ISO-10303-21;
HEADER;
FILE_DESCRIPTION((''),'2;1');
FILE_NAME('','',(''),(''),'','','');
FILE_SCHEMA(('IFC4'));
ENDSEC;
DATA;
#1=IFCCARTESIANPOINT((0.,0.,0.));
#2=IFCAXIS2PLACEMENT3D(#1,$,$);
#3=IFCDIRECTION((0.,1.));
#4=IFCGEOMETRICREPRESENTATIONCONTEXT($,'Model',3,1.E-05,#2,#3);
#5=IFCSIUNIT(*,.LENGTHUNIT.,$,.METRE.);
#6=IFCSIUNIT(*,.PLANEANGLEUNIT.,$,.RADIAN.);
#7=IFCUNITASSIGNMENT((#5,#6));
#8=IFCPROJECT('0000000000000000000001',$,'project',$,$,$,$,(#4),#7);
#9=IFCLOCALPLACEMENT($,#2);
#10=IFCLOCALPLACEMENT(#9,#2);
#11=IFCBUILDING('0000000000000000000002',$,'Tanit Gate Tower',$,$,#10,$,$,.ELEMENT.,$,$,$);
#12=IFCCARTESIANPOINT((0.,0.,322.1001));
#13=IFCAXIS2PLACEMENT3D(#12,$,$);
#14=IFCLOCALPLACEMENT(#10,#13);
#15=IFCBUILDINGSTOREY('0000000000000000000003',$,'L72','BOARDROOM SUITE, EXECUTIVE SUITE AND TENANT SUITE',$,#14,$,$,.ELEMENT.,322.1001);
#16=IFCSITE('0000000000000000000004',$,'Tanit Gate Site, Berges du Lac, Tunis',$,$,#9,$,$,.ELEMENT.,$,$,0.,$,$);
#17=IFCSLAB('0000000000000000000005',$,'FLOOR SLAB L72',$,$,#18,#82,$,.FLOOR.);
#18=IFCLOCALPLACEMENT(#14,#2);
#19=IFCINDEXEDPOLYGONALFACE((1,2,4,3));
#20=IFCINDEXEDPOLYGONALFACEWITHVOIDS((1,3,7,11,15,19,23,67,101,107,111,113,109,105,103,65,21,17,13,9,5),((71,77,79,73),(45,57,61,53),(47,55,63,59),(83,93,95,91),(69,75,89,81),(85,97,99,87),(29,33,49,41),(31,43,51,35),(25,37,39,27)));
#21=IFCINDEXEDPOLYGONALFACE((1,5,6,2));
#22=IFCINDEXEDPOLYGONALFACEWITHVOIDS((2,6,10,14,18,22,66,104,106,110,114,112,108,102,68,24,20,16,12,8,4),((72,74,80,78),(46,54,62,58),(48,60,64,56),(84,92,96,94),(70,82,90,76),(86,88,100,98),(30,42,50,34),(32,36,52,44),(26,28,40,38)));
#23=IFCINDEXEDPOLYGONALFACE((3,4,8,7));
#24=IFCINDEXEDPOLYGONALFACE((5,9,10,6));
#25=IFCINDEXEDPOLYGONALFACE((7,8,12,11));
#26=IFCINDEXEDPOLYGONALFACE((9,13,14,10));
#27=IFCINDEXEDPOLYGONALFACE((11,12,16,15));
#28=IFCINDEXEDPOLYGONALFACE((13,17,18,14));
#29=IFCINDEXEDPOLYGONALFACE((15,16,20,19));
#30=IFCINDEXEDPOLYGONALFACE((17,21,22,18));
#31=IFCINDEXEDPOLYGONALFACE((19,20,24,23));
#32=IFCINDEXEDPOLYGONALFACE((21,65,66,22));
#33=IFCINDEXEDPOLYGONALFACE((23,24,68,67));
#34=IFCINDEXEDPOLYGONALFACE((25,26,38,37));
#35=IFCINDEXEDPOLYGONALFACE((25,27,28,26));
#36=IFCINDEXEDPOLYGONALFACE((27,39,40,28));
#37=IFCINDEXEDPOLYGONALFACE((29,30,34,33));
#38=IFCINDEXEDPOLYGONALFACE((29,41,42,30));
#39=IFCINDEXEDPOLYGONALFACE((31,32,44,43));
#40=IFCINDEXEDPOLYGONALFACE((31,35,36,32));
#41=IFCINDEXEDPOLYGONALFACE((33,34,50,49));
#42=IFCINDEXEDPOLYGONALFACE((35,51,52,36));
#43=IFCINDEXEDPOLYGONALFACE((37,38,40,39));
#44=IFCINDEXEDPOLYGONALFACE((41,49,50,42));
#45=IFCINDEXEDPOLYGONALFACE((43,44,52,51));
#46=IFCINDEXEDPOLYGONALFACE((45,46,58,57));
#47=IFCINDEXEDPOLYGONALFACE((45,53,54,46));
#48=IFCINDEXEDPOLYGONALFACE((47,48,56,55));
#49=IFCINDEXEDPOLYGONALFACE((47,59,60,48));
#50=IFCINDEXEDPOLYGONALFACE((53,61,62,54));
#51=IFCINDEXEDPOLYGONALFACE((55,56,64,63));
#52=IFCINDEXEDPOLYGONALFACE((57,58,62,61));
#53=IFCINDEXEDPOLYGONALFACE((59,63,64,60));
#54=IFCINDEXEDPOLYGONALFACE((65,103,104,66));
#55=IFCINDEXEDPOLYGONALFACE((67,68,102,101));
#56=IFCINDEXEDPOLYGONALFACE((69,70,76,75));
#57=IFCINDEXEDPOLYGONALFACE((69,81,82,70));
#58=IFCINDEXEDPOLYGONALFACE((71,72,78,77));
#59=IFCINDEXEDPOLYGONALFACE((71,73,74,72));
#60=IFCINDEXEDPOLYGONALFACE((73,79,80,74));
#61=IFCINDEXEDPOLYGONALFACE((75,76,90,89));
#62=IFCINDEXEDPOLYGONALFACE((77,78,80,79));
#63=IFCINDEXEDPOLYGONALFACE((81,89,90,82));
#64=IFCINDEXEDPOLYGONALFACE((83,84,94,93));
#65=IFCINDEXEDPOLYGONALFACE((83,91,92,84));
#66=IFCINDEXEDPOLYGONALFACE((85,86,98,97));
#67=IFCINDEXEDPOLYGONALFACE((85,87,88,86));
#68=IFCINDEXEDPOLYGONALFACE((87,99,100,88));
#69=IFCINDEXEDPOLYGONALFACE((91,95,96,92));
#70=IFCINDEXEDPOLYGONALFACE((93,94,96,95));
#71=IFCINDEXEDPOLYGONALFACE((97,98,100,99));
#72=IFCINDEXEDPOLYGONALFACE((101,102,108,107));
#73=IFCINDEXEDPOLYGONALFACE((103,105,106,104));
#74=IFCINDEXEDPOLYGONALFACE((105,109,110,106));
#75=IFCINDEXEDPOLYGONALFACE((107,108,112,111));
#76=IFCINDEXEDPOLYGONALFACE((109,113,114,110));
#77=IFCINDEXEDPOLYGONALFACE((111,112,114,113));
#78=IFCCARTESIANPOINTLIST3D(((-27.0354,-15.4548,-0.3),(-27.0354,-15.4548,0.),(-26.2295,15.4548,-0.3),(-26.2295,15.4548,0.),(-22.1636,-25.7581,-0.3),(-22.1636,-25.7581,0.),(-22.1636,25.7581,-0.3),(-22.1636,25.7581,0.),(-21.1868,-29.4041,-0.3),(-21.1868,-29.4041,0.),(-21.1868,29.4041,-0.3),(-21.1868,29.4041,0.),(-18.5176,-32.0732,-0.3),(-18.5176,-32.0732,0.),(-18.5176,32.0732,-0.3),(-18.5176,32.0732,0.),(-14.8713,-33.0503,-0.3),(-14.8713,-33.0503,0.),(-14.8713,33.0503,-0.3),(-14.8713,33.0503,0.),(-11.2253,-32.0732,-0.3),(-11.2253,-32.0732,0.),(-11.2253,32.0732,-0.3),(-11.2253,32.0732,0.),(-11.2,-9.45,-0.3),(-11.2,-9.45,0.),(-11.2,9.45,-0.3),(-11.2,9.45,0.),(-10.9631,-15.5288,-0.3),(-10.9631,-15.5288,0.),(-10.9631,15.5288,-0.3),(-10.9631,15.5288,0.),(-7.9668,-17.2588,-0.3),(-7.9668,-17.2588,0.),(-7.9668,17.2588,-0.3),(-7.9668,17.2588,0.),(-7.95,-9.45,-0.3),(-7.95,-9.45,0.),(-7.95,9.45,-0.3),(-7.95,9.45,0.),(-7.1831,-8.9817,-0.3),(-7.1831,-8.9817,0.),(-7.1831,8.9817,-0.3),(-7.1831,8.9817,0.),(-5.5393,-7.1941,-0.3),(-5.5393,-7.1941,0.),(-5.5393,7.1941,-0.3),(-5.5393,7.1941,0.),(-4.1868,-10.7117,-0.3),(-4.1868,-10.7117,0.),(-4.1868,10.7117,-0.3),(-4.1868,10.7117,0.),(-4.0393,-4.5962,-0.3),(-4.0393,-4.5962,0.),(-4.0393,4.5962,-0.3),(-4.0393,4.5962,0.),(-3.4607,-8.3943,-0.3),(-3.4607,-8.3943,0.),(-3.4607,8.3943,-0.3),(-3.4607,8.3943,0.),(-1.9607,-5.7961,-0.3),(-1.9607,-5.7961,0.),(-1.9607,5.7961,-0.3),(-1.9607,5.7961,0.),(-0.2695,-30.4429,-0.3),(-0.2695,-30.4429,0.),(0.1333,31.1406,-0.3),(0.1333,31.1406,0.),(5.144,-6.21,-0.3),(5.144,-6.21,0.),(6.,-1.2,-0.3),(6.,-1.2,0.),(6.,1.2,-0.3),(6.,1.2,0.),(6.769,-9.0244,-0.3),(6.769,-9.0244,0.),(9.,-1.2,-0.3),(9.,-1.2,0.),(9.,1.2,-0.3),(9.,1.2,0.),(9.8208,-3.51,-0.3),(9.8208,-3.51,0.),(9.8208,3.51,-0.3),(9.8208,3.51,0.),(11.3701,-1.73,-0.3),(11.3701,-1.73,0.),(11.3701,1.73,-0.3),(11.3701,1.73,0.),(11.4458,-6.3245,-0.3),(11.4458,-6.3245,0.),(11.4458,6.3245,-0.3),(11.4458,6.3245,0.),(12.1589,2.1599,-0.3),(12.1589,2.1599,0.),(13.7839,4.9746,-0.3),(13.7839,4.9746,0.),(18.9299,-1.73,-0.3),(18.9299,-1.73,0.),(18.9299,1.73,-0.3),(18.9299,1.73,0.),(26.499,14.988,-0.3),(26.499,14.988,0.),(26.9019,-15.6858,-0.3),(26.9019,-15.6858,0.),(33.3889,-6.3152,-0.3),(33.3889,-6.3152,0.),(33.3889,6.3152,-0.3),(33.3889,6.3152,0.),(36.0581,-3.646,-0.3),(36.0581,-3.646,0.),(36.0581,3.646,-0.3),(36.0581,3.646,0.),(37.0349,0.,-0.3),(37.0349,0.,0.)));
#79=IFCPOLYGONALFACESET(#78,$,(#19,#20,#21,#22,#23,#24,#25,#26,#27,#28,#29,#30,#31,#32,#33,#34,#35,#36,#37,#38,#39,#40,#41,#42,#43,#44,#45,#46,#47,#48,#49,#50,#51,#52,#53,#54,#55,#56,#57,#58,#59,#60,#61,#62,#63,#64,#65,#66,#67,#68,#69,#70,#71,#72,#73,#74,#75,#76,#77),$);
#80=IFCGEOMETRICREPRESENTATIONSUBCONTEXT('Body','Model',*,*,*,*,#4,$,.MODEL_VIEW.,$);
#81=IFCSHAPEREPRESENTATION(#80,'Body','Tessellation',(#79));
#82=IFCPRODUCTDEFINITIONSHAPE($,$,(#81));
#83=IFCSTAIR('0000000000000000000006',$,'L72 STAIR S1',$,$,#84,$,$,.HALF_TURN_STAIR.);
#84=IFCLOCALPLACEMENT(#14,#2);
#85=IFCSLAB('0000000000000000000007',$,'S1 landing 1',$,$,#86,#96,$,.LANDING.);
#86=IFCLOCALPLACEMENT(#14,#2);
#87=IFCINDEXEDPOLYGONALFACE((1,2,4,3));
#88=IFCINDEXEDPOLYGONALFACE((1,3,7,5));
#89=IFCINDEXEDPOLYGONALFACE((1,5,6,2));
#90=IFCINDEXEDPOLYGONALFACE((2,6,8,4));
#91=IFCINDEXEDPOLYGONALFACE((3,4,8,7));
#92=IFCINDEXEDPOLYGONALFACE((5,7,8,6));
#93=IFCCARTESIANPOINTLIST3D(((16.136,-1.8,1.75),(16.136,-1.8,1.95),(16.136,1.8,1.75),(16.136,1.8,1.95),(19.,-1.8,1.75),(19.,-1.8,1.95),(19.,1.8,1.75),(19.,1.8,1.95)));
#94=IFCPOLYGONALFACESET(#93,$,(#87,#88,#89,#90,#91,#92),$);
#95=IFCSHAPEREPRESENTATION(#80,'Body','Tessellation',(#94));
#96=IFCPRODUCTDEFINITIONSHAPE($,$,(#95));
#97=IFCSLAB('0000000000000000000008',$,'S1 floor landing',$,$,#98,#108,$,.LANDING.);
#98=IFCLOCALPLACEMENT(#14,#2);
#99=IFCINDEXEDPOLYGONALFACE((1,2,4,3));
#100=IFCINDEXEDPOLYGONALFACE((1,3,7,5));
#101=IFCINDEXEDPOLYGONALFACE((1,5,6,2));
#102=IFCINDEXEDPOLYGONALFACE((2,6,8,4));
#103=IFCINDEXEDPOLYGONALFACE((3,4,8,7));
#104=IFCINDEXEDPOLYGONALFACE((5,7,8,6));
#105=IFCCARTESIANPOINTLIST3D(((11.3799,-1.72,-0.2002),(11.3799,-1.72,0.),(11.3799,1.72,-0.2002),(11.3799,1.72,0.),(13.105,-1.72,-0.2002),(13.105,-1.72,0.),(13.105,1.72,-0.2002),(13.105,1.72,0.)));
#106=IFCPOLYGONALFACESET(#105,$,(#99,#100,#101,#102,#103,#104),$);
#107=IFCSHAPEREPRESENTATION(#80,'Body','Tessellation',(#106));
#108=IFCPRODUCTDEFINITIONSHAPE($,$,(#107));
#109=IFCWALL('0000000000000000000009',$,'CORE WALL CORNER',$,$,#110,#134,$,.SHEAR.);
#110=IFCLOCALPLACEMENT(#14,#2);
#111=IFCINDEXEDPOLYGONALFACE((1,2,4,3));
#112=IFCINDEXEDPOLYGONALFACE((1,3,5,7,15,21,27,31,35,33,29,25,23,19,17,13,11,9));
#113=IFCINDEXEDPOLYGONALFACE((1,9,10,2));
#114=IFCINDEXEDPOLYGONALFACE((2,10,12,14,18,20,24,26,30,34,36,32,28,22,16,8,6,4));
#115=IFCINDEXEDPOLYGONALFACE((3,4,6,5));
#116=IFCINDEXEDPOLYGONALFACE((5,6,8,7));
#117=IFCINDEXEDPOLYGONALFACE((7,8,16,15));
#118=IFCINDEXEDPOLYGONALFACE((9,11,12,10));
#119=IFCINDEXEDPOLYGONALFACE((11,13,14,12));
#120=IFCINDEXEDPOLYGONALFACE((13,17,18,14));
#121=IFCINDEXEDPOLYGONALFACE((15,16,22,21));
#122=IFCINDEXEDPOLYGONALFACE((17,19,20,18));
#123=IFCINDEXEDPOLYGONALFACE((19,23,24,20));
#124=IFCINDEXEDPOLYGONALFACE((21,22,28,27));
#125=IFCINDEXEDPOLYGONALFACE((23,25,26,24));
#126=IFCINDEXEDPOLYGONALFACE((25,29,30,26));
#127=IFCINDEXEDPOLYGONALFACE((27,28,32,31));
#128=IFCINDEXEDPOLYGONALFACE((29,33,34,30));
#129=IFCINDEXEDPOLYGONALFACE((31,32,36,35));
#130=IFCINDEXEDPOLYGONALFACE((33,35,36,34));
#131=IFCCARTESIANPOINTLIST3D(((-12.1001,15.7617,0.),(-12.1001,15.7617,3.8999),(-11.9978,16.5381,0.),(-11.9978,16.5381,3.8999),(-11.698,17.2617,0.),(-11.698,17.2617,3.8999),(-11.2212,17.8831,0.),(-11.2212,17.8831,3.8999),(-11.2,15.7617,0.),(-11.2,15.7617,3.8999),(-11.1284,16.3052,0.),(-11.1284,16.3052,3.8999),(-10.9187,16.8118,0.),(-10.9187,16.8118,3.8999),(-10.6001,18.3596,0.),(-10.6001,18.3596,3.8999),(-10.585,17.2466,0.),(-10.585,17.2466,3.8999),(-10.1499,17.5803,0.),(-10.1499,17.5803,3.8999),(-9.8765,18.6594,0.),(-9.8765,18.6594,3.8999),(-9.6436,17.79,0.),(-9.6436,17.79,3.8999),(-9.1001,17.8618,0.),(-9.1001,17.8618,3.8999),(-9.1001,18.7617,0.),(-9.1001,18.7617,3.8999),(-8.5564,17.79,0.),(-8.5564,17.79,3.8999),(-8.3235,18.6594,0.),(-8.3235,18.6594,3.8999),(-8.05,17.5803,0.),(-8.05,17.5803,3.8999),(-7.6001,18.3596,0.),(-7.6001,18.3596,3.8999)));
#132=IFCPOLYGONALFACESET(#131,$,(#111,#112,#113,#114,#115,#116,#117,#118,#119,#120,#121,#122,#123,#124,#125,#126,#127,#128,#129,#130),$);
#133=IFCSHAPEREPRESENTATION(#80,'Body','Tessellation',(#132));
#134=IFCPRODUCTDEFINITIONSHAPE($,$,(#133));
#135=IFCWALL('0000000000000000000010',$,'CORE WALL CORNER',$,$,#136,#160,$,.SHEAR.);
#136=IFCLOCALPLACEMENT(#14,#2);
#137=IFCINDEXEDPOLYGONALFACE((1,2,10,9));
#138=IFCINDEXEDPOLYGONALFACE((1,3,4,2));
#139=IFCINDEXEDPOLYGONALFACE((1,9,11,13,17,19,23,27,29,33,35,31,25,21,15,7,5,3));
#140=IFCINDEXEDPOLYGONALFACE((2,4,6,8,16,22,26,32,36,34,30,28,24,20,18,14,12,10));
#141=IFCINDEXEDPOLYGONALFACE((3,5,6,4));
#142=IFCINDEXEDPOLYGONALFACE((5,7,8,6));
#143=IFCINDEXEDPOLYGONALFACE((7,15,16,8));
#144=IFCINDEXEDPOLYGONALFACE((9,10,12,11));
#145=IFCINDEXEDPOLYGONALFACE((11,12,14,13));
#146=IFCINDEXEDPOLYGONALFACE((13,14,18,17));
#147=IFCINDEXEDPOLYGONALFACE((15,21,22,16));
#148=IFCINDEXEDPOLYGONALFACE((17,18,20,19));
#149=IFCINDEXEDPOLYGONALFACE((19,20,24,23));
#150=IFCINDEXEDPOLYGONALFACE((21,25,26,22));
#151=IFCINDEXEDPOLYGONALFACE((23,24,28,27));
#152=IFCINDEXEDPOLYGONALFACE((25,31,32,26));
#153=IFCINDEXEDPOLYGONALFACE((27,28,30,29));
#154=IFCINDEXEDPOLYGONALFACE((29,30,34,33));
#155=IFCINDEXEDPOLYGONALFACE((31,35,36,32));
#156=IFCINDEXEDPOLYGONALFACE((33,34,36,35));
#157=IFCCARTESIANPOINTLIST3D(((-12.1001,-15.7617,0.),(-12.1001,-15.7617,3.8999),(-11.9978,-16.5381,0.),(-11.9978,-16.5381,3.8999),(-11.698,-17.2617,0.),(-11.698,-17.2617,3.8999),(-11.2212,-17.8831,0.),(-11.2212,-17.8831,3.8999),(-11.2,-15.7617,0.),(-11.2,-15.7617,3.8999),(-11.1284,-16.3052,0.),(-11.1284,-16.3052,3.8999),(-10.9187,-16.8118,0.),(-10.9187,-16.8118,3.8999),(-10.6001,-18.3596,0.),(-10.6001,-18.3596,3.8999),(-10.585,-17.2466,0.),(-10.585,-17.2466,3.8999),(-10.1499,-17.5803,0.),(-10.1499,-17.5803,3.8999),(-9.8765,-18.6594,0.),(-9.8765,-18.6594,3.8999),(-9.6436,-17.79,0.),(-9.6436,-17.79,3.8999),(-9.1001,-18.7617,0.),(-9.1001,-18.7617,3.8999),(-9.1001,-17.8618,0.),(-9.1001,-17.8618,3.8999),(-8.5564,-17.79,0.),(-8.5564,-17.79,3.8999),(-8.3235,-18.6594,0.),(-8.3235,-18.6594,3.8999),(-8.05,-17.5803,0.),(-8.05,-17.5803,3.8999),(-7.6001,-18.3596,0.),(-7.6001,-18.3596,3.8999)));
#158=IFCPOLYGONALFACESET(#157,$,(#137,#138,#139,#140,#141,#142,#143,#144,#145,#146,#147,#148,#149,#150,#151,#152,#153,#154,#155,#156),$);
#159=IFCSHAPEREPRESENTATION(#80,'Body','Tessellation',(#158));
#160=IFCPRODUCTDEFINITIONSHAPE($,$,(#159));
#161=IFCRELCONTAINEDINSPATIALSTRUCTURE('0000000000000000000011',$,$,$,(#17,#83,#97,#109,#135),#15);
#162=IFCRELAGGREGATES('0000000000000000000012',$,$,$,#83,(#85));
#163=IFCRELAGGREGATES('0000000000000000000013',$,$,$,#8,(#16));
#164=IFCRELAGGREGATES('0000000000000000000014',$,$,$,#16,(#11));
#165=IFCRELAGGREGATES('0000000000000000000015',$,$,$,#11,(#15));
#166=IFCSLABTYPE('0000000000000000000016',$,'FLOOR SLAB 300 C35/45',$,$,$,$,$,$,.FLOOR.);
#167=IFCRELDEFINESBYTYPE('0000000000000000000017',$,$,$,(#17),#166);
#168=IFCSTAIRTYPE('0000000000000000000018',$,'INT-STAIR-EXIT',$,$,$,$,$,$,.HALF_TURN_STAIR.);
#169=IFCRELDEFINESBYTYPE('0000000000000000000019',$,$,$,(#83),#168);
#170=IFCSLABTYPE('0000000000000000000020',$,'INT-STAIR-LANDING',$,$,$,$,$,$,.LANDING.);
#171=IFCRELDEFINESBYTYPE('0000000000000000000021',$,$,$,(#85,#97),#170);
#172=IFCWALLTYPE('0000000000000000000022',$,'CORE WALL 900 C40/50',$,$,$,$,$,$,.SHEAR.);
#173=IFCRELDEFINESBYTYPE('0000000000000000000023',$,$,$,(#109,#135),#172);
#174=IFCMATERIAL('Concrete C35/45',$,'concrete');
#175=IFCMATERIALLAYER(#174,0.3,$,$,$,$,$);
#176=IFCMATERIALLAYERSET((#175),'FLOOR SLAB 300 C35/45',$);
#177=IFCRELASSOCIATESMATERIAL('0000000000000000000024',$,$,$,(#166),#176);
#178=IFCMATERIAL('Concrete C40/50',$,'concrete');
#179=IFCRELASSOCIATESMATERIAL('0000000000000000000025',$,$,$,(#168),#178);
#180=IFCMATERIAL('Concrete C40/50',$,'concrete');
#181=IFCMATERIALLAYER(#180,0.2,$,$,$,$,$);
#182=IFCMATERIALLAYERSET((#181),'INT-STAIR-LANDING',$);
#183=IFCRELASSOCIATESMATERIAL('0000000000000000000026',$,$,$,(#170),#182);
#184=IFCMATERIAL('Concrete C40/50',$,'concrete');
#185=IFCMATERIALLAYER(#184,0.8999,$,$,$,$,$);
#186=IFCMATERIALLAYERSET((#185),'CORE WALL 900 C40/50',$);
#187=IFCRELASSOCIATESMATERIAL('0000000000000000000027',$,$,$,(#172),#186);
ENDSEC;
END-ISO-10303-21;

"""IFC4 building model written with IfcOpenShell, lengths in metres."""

from ifc_helpers import new_model, si_unit, direction, frame, origin, place, context, subcontext, project, spatial, polyline, outline, extrude, material, layer, layer_set, type_object, element, aggregate, save


model = new_model("IFC4")

# Units and contexts
model_context = context("Model", 3, precision=1e-05, world=origin(), true_north=direction((0.0, 1.0)))
body_context = subcontext(model_context, "Body", "Model", "MODEL_VIEW")
ifc_project = project(units=[si_unit("LENGTHUNIT", "METRE"), si_unit("PLANEANGLEUNIT", "RADIAN")], contexts=[model_context])

# Site, building, storey
site_placement = place(None, origin())
site = spatial("IfcSite", under=ifc_project, at=site_placement, Name="Tanit Gate Site, Berges du Lac, Tunis", CompositionType="ELEMENT", RefElevation=0.0)
building_placement = place(site_placement, origin())
building = spatial("IfcBuilding", under=site, at=building_placement, Name="Tanit Gate Tower", CompositionType="ELEMENT")
storey_placement = place(building_placement, frame((0.0, 0.0, 322.1001)))
storey = spatial("IfcBuildingStorey", under=building, at=storey_placement, Name="L72", Description="BOARDROOM SUITE, EXECUTIVE SUITE AND TENANT SUITE", CompositionType="ELEMENT", Elevation=322.1001)

# Slab
ifc_material_1 = material(Name="Concrete C35/45", Category="concrete")
ifc_layer_1 = layer(ifc_material_1, 0.3)
ifc_layer_set_1 = layer_set([ifc_layer_1], Name="FLOOR SLAB 300 C35/45")
slab_type_1 = type_object("IfcSlabType", Name="FLOOR SLAB 300 C35/45", PredefinedType="FLOOR", material=ifc_layer_set_1)
slab_1_placement = place(storey_placement, frame((0.0, 0.0, -0.3)))
element("IfcSlab", 1, at=slab_1_placement, inside=storey, type_object=slab_type_1, Name="FLOOR SLAB L72", PredefinedType="FLOOR", context=body_context, shape_type="SweptSolid", body=[
    extrude(outline(polyline([(33.3889, 6.3152), (36.0581, 3.646), (37.0349, 0.0), (36.0581, -3.646), (33.3889, -6.3152), (26.9019, -15.6858), (-0.2695, -30.4429), (-11.2253, -32.0732), (-14.8713, -33.0503), (-18.5176, -32.0732), (-21.1868, -29.4041), (-22.1636, -25.7581), (-27.0354, -15.4548), (-26.2295, 15.4548), (-22.1636, 25.7581), (-21.1868, 29.4041), (-18.5176, 32.0732), (-14.8713, 33.0503), (-11.2253, 32.0732), (0.1333, 31.1406), (26.499, 14.988), (33.3889, 6.3152)]), holes=[polyline([(11.3701, 1.73), (18.9299, 1.73), (18.9299, -1.73), (11.3701, -1.73), (11.3701, 1.73)]), polyline([(12.1589, 2.1599), (9.8208, 3.51), (11.4458, 6.3245), (13.7839, 4.9746), (12.1589, 2.1599)]), polyline([(11.4458, -6.3245), (6.769, -9.0244), (5.144, -6.21), (9.8208, -3.51), (11.4458, -6.3245)]), polyline([(6.0, 1.2), (9.0, 1.2), (9.0, -1.2), (6.0, -1.2), (6.0, 1.2)]), polyline([(-4.0393, 4.5962), (-5.5393, 7.1941), (-3.4607, 8.3943), (-1.9607, 5.7961), (-4.0393, 4.5962)]), polyline([(-1.9607, -5.7961), (-3.4607, -8.3943), (-5.5393, -7.1941), (-4.0393, -4.5962), (-1.9607, -5.7961)]), polyline([(-7.1831, 8.9817), (-10.9631, 15.5288), (-7.9668, 17.2588), (-4.1868, 10.7117), (-7.1831, 8.9817)]), polyline([(-4.1868, -10.7117), (-7.9668, -17.2588), (-10.9631, -15.5288), (-7.1831, -8.9817), (-4.1868, -10.7117)]), polyline([(-11.2, -9.45), (-11.2, 9.45), (-7.95, 9.45), (-7.95, -9.45), (-11.2, -9.45)])]), origin(), (0.0, 0.0, 1.0), 0.3),
])

# Stair, slab
ifc_material_2 = material(Name="Concrete C40/50", Category="concrete")
stair_type = type_object("IfcStairType", Name="INT-STAIR-EXIT", PredefinedType="HALF_TURN_STAIR", material=ifc_material_2)
stair_placement = place(storey_placement, origin())
stair = element("IfcStair", 2, at=stair_placement, inside=storey, type_object=stair_type, Name="L72 STAIR S1", PredefinedType="HALF_TURN_STAIR")
ifc_material_3 = material(Name="Concrete C40/50", Category="concrete")
ifc_layer_2 = layer(ifc_material_3, 0.2)
ifc_layer_set_2 = layer_set([ifc_layer_2], Name="INT-STAIR-LANDING")
slab_type_2 = type_object("IfcSlabType", Name="INT-STAIR-LANDING", PredefinedType="LANDING", material=ifc_layer_set_2)
slab_2_placement = place(storey_placement, frame((0.0, 0.0, 1.75)))
slab_2 = element("IfcSlab", 3, at=slab_2_placement, type_object=slab_type_2, Name="S1 landing 1", PredefinedType="LANDING", context=body_context, shape_type="SweptSolid", body=[
    extrude(outline(polyline([(16.136, -1.8), (19.0, -1.8), (19.0, 1.8), (16.136, 1.8), (16.136, -1.8)])), origin(), (0.0, 0.0, 1.0), 0.2),
])
aggregate(stair, [slab_2])

# Slab
slab_3_placement = place(storey_placement, frame((0.0, 0.0, -0.2002)))
element("IfcSlab", 4, at=slab_3_placement, inside=storey, type_object=slab_type_2, Name="S1 floor landing", PredefinedType="LANDING", context=body_context, shape_type="SweptSolid", body=[
    extrude(outline(polyline([(11.3799, -1.72), (13.105, -1.72), (13.105, 1.72), (11.3799, 1.72), (11.3799, -1.72)])), origin(), (0.0, 0.0, 1.0), 0.2002),
])

# Walls
ifc_material_4 = material(Name="Concrete C40/50", Category="concrete")
ifc_layer_3 = layer(ifc_material_4, 0.8999)
ifc_layer_set_3 = layer_set([ifc_layer_3], Name="CORE WALL 900 C40/50")
wall_type_1 = type_object("IfcWallType", Name="CORE WALL 900 C40/50", PredefinedType="SHEAR", material=ifc_layer_set_3)
wall_1_placement = place(storey_placement, origin())
element("IfcWall", 5, at=wall_1_placement, inside=storey, type_object=wall_type_1, Name="CORE WALL CORNER", PredefinedType="SHEAR", context=body_context, shape_type="SweptSolid", body=[
    extrude(outline(polyline([(-7.6001, 18.3596), (-8.3235, 18.6594), (-9.1001, 18.7617), (-9.8765, 18.6594), (-10.6001, 18.3596), (-11.2212, 17.8831), (-11.698, 17.2617), (-11.9978, 16.5381), (-12.1001, 15.7617), (-11.2, 15.7617), (-11.1284, 16.3052), (-10.9187, 16.8118), (-10.585, 17.2466), (-10.1499, 17.5803), (-9.6436, 17.79), (-9.1001, 17.8618), (-8.5564, 17.79), (-8.05, 17.5803), (-7.6001, 18.3596)])), origin(), (0.0, 0.0, 1.0), 3.8999),
])
wall_2_placement = place(storey_placement, origin())
element("IfcWall", 6, at=wall_2_placement, inside=storey, type_object=wall_type_1, Name="CORE WALL CORNER", PredefinedType="SHEAR", context=body_context, shape_type="SweptSolid", body=[
    extrude(outline(polyline([(-12.1001, -15.7617), (-11.9978, -16.5381), (-11.698, -17.2617), (-11.2212, -17.8831), (-10.6001, -18.3596), (-9.8765, -18.6594), (-9.1001, -18.7617), (-8.3235, -18.6594), (-7.6001, -18.3596), (-8.05, -17.5803), (-8.5564, -17.79), (-9.1001, -17.8618), (-9.6436, -17.79), (-10.1499, -17.5803), (-10.585, -17.2466), (-10.9187, -16.8118), (-11.1284, -16.3052), (-11.2, -15.7617), (-12.1001, -15.7617)])), origin(), (0.0, 0.0, 1.0), 3.8999),
])

save(model, "model.ifc")
